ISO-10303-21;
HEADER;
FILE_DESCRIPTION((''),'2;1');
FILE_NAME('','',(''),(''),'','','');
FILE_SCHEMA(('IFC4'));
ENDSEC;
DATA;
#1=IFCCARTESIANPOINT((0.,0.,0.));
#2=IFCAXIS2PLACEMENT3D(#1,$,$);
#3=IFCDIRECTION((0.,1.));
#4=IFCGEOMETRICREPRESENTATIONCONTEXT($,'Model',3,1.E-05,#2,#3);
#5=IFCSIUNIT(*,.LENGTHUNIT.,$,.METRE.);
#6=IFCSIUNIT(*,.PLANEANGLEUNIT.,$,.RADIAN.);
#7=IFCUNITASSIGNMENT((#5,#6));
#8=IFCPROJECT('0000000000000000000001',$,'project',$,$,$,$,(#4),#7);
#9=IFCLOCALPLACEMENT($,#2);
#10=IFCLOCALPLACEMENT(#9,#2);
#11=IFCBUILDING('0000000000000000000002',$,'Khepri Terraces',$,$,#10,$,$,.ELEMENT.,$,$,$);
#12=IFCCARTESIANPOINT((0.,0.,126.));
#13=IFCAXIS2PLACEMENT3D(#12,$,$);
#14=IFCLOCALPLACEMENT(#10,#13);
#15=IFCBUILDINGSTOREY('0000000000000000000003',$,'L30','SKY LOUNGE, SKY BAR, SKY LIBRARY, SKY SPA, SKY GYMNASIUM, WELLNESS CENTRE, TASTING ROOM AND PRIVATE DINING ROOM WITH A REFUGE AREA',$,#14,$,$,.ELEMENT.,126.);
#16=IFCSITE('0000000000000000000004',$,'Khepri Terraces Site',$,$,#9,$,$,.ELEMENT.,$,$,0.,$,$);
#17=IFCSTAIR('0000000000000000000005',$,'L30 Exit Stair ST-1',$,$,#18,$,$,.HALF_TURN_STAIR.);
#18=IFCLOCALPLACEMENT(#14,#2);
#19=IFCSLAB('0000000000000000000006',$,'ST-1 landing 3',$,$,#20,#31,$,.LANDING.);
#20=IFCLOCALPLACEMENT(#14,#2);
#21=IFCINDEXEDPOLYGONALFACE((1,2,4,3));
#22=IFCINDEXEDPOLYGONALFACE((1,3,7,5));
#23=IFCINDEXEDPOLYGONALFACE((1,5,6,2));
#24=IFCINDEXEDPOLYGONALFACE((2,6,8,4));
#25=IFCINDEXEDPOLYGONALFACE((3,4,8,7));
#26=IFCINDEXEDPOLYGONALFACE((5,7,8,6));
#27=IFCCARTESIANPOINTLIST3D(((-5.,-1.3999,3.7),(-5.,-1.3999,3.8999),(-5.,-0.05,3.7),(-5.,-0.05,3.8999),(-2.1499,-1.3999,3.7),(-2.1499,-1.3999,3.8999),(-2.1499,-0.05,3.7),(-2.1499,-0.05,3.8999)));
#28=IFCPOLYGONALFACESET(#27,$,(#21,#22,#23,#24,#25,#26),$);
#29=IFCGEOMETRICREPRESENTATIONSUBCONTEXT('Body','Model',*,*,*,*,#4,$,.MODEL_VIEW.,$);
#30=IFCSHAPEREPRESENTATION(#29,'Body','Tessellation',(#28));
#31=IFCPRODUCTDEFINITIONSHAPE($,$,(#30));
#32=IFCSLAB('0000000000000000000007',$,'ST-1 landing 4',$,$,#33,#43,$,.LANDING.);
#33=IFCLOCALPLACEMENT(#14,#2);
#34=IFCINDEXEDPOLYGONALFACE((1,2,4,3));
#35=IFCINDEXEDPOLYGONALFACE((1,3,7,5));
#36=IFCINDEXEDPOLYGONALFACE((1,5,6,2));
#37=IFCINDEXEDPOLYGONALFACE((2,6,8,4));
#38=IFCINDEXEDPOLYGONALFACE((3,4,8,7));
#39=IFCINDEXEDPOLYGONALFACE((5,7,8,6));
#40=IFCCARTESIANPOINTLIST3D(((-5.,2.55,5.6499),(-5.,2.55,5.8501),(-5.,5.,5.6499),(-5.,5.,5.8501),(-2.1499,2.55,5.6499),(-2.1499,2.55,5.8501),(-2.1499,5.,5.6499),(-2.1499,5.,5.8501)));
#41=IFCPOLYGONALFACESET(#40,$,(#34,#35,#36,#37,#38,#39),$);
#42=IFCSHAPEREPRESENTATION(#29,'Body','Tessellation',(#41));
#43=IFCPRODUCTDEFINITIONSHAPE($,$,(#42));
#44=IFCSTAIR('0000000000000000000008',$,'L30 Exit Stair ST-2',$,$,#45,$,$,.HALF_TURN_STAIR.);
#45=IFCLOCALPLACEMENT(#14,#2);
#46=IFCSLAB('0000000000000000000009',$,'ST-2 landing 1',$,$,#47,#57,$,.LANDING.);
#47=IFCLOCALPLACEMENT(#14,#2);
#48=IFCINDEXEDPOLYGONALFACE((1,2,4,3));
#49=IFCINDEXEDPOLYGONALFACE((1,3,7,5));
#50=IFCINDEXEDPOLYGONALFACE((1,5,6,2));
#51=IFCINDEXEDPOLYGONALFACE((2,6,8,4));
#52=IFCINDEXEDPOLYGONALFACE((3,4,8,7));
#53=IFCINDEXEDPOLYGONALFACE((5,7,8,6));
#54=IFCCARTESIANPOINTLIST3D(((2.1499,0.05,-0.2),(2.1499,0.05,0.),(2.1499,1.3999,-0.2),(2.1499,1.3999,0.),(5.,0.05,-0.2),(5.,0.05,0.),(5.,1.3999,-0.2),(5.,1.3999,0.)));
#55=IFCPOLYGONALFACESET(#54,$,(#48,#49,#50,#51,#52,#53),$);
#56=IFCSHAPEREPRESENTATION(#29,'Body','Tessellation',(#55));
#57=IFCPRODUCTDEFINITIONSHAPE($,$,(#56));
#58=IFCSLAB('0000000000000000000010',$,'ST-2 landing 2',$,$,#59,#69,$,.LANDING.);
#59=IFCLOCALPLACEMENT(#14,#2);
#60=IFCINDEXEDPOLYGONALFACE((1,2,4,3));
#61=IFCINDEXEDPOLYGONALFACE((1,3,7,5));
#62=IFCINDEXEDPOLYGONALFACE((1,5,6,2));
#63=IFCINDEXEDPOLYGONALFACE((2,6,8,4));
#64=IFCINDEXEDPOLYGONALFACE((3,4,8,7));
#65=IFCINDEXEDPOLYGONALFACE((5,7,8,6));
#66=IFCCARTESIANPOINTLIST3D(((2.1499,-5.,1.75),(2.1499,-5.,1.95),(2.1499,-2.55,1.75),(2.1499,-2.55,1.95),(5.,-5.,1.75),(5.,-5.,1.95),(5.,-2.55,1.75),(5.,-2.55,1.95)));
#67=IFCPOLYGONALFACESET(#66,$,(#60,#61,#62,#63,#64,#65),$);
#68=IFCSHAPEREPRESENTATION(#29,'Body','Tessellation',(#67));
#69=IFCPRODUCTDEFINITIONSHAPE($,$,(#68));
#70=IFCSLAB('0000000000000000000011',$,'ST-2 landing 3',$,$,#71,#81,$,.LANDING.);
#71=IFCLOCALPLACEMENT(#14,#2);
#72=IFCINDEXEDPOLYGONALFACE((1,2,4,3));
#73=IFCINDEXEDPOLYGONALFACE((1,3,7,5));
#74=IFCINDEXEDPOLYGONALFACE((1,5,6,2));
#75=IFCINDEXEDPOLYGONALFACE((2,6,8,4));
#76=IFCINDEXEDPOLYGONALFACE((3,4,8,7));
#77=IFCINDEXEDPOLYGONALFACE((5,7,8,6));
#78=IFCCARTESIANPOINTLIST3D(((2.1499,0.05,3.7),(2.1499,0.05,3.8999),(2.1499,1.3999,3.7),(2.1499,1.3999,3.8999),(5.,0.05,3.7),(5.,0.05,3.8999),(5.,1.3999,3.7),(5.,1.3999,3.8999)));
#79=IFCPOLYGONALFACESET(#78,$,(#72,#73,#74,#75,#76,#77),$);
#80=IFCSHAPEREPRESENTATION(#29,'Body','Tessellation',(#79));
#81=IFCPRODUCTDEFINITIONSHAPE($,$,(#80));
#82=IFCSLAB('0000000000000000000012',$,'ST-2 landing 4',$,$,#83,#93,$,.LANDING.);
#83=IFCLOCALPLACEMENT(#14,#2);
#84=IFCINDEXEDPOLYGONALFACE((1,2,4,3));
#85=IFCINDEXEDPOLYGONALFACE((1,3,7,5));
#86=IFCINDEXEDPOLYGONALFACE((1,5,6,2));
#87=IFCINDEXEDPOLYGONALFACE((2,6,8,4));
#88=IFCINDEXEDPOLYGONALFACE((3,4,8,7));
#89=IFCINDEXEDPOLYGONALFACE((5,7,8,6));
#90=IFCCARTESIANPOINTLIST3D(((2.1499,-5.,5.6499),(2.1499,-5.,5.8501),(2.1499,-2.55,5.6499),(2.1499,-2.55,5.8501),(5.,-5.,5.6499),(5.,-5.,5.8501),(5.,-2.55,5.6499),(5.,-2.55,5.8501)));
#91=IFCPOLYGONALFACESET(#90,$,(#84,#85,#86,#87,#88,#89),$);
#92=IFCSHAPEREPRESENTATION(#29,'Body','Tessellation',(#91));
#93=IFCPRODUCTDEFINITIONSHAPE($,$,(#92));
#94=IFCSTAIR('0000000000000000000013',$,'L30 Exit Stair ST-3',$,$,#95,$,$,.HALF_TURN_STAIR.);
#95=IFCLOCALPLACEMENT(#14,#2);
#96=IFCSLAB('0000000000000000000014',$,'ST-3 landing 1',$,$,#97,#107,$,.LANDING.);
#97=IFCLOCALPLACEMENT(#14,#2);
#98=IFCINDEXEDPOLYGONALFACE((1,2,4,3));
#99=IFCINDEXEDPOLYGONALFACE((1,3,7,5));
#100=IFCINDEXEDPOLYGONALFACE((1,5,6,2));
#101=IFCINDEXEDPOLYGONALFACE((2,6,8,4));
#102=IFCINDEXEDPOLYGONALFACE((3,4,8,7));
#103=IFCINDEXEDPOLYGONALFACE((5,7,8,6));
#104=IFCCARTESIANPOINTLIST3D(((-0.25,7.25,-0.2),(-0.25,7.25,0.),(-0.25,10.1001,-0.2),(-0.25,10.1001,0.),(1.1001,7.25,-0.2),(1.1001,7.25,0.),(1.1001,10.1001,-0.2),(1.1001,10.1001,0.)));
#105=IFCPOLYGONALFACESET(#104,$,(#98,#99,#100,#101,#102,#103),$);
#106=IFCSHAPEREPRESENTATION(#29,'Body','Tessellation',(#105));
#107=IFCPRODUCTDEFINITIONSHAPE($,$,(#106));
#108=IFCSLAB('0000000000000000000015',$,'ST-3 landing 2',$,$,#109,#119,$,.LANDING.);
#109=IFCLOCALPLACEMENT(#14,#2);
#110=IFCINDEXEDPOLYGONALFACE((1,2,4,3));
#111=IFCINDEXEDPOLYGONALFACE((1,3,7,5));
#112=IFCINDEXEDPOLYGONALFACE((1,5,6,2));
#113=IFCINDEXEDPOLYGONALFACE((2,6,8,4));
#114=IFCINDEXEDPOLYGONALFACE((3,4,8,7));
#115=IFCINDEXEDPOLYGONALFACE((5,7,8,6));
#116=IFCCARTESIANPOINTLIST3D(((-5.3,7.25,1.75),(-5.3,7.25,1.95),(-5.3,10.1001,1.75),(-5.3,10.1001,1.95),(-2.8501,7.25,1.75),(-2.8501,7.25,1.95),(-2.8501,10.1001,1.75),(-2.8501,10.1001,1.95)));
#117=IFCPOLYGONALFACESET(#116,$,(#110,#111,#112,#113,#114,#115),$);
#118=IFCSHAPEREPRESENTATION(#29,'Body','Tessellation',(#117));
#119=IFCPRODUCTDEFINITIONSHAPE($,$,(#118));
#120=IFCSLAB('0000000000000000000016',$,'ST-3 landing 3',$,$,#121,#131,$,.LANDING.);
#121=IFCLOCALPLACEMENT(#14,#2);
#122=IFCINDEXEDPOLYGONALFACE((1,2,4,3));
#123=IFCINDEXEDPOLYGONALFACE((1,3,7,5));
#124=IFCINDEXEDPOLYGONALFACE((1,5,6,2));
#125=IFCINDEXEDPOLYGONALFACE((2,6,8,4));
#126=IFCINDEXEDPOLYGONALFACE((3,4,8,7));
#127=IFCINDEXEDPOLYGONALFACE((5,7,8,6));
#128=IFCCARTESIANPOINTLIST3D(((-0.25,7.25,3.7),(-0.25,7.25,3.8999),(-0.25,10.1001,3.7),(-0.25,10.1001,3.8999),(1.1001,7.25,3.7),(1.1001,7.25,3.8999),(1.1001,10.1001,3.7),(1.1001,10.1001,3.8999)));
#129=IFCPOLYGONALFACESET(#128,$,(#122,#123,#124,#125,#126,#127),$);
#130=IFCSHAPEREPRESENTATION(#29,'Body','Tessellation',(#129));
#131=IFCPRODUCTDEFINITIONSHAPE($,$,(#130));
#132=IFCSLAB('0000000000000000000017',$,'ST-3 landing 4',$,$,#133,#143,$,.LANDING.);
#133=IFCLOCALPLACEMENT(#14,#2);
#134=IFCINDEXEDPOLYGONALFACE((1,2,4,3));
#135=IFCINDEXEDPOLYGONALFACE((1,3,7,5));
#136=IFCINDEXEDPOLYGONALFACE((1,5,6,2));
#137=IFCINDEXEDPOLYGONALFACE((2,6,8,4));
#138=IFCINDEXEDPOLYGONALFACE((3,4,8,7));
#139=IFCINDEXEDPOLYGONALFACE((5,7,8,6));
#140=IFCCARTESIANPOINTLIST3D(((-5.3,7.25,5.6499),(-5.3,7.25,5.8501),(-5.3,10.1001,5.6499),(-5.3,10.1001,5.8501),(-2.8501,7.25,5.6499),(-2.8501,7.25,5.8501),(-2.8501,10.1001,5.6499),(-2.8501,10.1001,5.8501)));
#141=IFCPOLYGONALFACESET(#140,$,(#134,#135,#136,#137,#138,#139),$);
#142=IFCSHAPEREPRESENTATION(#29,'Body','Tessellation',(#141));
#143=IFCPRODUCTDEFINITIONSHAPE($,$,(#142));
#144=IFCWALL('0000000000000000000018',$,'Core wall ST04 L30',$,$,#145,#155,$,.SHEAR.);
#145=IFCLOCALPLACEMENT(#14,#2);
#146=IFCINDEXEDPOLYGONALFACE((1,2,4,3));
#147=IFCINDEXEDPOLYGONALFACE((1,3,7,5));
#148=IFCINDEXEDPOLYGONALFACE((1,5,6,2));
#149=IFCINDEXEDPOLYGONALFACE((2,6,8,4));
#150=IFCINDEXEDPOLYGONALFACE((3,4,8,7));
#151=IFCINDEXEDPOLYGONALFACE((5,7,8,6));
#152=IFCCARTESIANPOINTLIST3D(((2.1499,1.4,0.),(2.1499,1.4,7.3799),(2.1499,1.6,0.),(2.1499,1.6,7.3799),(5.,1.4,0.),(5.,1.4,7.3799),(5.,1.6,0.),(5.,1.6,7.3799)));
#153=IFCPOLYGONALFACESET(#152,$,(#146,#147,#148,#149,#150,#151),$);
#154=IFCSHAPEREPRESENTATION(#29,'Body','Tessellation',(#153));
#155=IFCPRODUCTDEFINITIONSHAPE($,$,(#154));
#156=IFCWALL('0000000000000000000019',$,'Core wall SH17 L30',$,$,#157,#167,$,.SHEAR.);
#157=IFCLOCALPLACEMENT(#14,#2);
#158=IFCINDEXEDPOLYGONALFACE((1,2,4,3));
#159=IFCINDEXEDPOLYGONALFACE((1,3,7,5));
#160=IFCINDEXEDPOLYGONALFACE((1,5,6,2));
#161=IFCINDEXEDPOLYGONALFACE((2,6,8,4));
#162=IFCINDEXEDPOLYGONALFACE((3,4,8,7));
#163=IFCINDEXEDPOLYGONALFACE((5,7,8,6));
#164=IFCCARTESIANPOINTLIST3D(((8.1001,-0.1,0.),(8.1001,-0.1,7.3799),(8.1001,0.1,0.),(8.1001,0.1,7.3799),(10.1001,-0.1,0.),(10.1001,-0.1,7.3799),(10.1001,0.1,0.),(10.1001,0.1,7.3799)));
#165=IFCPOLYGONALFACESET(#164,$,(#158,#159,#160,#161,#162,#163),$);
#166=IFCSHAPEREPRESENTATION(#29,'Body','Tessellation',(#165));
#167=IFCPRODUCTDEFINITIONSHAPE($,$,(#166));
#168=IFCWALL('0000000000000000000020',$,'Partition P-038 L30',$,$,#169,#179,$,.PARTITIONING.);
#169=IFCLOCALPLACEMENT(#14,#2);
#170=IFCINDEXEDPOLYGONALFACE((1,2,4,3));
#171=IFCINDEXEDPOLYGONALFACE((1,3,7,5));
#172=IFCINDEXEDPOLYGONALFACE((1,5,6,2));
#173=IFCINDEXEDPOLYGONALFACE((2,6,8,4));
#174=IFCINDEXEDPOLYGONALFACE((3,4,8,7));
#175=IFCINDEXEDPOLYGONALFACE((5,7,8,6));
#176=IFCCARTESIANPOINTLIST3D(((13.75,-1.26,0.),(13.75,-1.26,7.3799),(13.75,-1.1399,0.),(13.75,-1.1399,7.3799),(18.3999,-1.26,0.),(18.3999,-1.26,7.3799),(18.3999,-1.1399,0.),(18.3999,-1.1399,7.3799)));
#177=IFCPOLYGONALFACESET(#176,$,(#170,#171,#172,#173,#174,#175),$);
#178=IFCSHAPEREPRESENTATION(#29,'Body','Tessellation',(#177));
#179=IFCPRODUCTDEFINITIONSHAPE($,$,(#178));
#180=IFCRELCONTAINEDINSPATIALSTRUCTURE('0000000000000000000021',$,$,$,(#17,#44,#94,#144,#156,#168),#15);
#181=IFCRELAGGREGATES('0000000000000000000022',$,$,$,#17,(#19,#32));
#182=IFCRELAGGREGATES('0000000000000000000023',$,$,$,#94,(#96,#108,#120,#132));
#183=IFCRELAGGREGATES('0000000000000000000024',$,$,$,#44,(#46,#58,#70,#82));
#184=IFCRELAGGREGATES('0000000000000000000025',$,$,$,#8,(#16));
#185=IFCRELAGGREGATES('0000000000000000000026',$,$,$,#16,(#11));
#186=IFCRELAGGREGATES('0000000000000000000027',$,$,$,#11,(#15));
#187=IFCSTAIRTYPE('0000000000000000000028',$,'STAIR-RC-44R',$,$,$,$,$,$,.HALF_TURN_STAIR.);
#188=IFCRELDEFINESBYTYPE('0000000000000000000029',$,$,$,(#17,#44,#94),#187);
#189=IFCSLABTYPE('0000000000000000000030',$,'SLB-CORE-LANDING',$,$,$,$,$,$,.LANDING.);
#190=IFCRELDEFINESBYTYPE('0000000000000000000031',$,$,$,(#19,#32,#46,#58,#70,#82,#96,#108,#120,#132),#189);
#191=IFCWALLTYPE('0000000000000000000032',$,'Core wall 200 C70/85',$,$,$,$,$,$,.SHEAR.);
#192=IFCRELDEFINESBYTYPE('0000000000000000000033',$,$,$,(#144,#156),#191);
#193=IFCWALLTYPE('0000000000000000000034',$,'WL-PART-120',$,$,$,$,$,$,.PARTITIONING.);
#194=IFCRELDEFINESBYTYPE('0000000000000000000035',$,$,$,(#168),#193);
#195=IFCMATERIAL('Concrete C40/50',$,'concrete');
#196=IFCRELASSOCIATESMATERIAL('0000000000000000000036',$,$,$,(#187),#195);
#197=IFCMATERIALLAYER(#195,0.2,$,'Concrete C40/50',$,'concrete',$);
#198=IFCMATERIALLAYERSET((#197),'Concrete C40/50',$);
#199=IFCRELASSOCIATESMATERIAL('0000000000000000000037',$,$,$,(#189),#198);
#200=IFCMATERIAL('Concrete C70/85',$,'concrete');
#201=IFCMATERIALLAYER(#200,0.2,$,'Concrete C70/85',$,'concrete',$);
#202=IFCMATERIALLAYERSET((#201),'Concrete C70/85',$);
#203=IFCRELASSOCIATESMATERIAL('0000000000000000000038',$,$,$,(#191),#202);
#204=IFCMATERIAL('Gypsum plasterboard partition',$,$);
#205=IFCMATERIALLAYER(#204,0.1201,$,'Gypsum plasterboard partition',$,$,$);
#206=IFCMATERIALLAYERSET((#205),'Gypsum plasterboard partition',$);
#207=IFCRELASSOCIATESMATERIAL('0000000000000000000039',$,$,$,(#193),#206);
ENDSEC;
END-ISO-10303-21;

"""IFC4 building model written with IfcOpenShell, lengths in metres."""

from ifc_helpers import new_model, si_unit, direction, frame, frame_2d, origin, place, context, subcontext, project, spatial, polyline, rectangle, outline, extrude, material, layer, layer_set, type_object, element, aggregate, save


model = new_model("IFC4")

# Units and contexts
model_context = context("Model", 3, precision=1e-05, world=origin(), true_north=direction((0.0, 1.0)))
body_context = subcontext(model_context, "Body", "Model", "MODEL_VIEW")
ifc_project = project(units=[si_unit("LENGTHUNIT", "METRE"), si_unit("PLANEANGLEUNIT", "RADIAN")], contexts=[model_context])

# Site, building, storey
site_placement = place(None, origin())
site = spatial("IfcSite", under=ifc_project, at=site_placement, Name="Khepri Terraces Site", CompositionType="ELEMENT", RefElevation=0.0)
building_placement = place(site_placement, origin())
building = spatial("IfcBuilding", under=site, at=building_placement, Name="Khepri Terraces", CompositionType="ELEMENT")
storey_placement = place(building_placement, frame((0.0, 0.0, 126.0)))
storey = spatial("IfcBuildingStorey", under=building, at=storey_placement, Name="L30", Description="SKY LOUNGE, SKY BAR, SKY LIBRARY, SKY SPA, SKY GYMNASIUM, WELLNESS CENTRE, TASTING ROOM AND PRIVATE DINING ROOM WITH A REFUGE AREA", CompositionType="ELEMENT", Elevation=126.0)

# Stairs, slabs
ifc_material_1 = material(Name="Concrete C40/50", Category="concrete")
stair_type = type_object("IfcStairType", Name="STAIR-RC-44R", PredefinedType="HALF_TURN_STAIR", material=ifc_material_1)
stair_1_placement = place(storey_placement, origin())
stair_1 = element("IfcStair", 1, at=stair_1_placement, inside=storey, type_object=stair_type, Name="L30 Exit Stair ST-1", PredefinedType="HALF_TURN_STAIR")
ifc_layer_1 = layer(ifc_material_1, 0.2, Name="Concrete C40/50", Category="concrete")
ifc_layer_set_1 = layer_set([ifc_layer_1], Name="Concrete C40/50")
slab_type = type_object("IfcSlabType", Name="SLB-CORE-LANDING", PredefinedType="LANDING", material=ifc_layer_set_1)
slab_1_placement = place(storey_placement, frame((0.0, 0.0, 3.7)))
slab_1 = element("IfcSlab", 2, at=slab_1_placement, type_object=slab_type, Name="ST-1 landing 3", PredefinedType="LANDING", context=body_context, shape_type="SweptSolid", body=[
    extrude(outline(polyline([(-2.1499, -1.3999), (-2.1499, -0.05), (-5.0, -0.05), (-5.0, -1.3999), (-2.1499, -1.3999)])), origin(), (0.0, 0.0, 1.0), 0.2),
])
slab_2_placement = place(storey_placement, frame((0.0, 0.0, 5.6499)))
slab_2 = element("IfcSlab", 3, at=slab_2_placement, type_object=slab_type, Name="ST-1 landing 4", PredefinedType="LANDING", context=body_context, shape_type="SweptSolid", body=[
    extrude(outline(polyline([(-2.1499, 2.55), (-2.1499, 5.0), (-5.0, 5.0), (-5.0, 2.55), (-2.1499, 2.55)])), origin(), (0.0, 0.0, 1.0), 0.2002),
])
aggregate(stair_1, [slab_1, slab_2])
stair_2_placement = place(storey_placement, origin())
stair_2 = element("IfcStair", 4, at=stair_2_placement, inside=storey, type_object=stair_type, Name="L30 Exit Stair ST-2", PredefinedType="HALF_TURN_STAIR")
slab_3_placement = place(storey_placement, frame((0.0, 0.0, -0.2)))
slab_3 = element("IfcSlab", 5, at=slab_3_placement, type_object=slab_type, Name="ST-2 landing 1", PredefinedType="LANDING", context=body_context, shape_type="SweptSolid", body=[
    extrude(outline(polyline([(2.1499, 1.3999), (2.1499, 0.05), (5.0, 0.05), (5.0, 1.3999), (2.1499, 1.3999)])), origin(), (0.0, 0.0, 1.0), 0.2),
])
slab_4_placement = place(storey_placement, frame((0.0, 0.0, 1.75)))
slab_4 = element("IfcSlab", 6, at=slab_4_placement, type_object=slab_type, Name="ST-2 landing 2", PredefinedType="LANDING", context=body_context, shape_type="SweptSolid", body=[
    extrude(outline(polyline([(2.1499, -2.55), (2.1499, -5.0), (5.0, -5.0), (5.0, -2.55), (2.1499, -2.55)])), origin(), (0.0, 0.0, 1.0), 0.2),
])
slab_5_placement = place(storey_placement, frame((0.0, 0.0, 3.7)))
slab_5 = element("IfcSlab", 7, at=slab_5_placement, type_object=slab_type, Name="ST-2 landing 3", PredefinedType="LANDING", context=body_context, shape_type="SweptSolid", body=[
    extrude(outline(polyline([(2.1499, 1.3999), (2.1499, 0.05), (5.0, 0.05), (5.0, 1.3999), (2.1499, 1.3999)])), origin(), (0.0, 0.0, 1.0), 0.2),
])
slab_6_placement = place(storey_placement, frame((0.0, 0.0, 5.6499)))
slab_6 = element("IfcSlab", 8, at=slab_6_placement, type_object=slab_type, Name="ST-2 landing 4", PredefinedType="LANDING", context=body_context, shape_type="SweptSolid", body=[
    extrude(outline(polyline([(2.1499, -2.55), (2.1499, -5.0), (5.0, -5.0), (5.0, -2.55), (2.1499, -2.55)])), origin(), (0.0, 0.0, 1.0), 0.2002),
])
stair_3_placement = place(storey_placement, origin())
stair_3 = element("IfcStair", 9, at=stair_3_placement, inside=storey, type_object=stair_type, Name="L30 Exit Stair ST-3", PredefinedType="HALF_TURN_STAIR")
slab_7_placement = place(storey_placement, frame((0.0, 0.0, -0.2)))
slab_7 = element("IfcSlab", 10, at=slab_7_placement, type_object=slab_type, Name="ST-3 landing 1", PredefinedType="LANDING", context=body_context, shape_type="SweptSolid", body=[
    extrude(outline(polyline([(1.1001, 10.1001), (-0.25, 10.1001), (-0.25, 7.25), (1.1001, 7.25), (1.1001, 10.1001)])), origin(), (0.0, 0.0, 1.0), 0.2),
])
slab_8_placement = place(storey_placement, frame((0.0, 0.0, 1.75)))
slab_8 = element("IfcSlab", 11, at=slab_8_placement, type_object=slab_type, Name="ST-3 landing 2", PredefinedType="LANDING", context=body_context, shape_type="SweptSolid", body=[
    extrude(outline(polyline([(-2.8501, 10.1001), (-5.3, 10.1001), (-5.3, 7.25), (-2.8501, 7.25), (-2.8501, 10.1001)])), origin(), (0.0, 0.0, 1.0), 0.2),
])
slab_9_placement = place(storey_placement, frame((0.0, 0.0, 3.7)))
slab_9 = element("IfcSlab", 12, at=slab_9_placement, type_object=slab_type, Name="ST-3 landing 3", PredefinedType="LANDING", context=body_context, shape_type="SweptSolid", body=[
    extrude(outline(polyline([(1.1001, 10.1001), (-0.25, 10.1001), (-0.25, 7.25), (1.1001, 7.25), (1.1001, 10.1001)])), origin(), (0.0, 0.0, 1.0), 0.2),
])
slab_10_placement = place(storey_placement, frame((0.0, 0.0, 5.6499)))
slab_10 = element("IfcSlab", 13, at=slab_10_placement, type_object=slab_type, Name="ST-3 landing 4", PredefinedType="LANDING", context=body_context, shape_type="SweptSolid", body=[
    extrude(outline(polyline([(-2.8501, 10.1001), (-5.3, 10.1001), (-5.3, 7.25), (-2.8501, 7.25), (-2.8501, 10.1001)])), origin(), (0.0, 0.0, 1.0), 0.2002),
])
aggregate(stair_3, [slab_7, slab_8, slab_9, slab_10])

# Walls
ifc_material_2 = material(Name="Concrete C70/85", Category="concrete")
ifc_layer_2 = layer(ifc_material_2, 0.2, Name="Concrete C70/85", Category="concrete")
ifc_layer_set_2 = layer_set([ifc_layer_2], Name="Concrete C70/85")
wall_type_1 = type_object("IfcWallType", Name="Core wall 200 C70/85", PredefinedType="SHEAR", material=ifc_layer_set_2)
wall_1_placement = place(storey_placement, frame((2.1499, 1.5, 0.0), z_axis=(0.0, 0.0, 1.0), x_axis=(1.0, 0.0, 0.0)))
element("IfcWall", 14, at=wall_1_placement, inside=storey, type_object=wall_type_1, Name="Core wall ST04 L30", PredefinedType="SHEAR", context=body_context, shape_type="SweptSolid", body=[
    extrude(rectangle(XDim=2.8501, YDim=0.2, at=frame_2d((1.425, 0.0))), origin(), (0.0, 0.0, 1.0), 7.3799),
])
wall_2_placement = place(storey_placement, frame((8.1001, 0.0, 0.0), z_axis=(0.0, 0.0, 1.0), x_axis=(1.0, 0.0, 0.0)))
element("IfcWall", 15, at=wall_2_placement, inside=storey, type_object=wall_type_1, Name="Core wall SH17 L30", PredefinedType="SHEAR", context=body_context, shape_type="SweptSolid", body=[
    extrude(rectangle(XDim=2.0, YDim=0.2, at=frame_2d((1.0, 0.0))), origin(), (0.0, 0.0, 1.0), 7.3799),
])
ifc_material_3 = material(Name="Gypsum plasterboard partition")
ifc_layer_3 = layer(ifc_material_3, 0.1201, Name="Gypsum plasterboard partition")
ifc_layer_set_3 = layer_set([ifc_layer_3], Name="Gypsum plasterboard partition")
wall_type_2 = type_object("IfcWallType", Name="WL-PART-120", PredefinedType="PARTITIONING", material=ifc_layer_set_3)
wall_3_placement = place(storey_placement, frame((13.75, -1.2, 0.0), z_axis=(0.0, 0.0, 1.0), x_axis=(1.0, 0.0, 0.0)))
element("IfcWall", 16, at=wall_3_placement, inside=storey, type_object=wall_type_2, Name="Partition P-038 L30", PredefinedType="PARTITIONING", context=body_context, shape_type="SweptSolid", body=[
    extrude(rectangle(XDim=4.6499, YDim=0.1201, at=frame_2d((2.325, 0.0))), origin(), (0.0, 0.0, 1.0), 7.3799),
])

aggregate(stair_2, [slab_3, slab_4, slab_5, slab_6])

save(model, "model.ifc")
